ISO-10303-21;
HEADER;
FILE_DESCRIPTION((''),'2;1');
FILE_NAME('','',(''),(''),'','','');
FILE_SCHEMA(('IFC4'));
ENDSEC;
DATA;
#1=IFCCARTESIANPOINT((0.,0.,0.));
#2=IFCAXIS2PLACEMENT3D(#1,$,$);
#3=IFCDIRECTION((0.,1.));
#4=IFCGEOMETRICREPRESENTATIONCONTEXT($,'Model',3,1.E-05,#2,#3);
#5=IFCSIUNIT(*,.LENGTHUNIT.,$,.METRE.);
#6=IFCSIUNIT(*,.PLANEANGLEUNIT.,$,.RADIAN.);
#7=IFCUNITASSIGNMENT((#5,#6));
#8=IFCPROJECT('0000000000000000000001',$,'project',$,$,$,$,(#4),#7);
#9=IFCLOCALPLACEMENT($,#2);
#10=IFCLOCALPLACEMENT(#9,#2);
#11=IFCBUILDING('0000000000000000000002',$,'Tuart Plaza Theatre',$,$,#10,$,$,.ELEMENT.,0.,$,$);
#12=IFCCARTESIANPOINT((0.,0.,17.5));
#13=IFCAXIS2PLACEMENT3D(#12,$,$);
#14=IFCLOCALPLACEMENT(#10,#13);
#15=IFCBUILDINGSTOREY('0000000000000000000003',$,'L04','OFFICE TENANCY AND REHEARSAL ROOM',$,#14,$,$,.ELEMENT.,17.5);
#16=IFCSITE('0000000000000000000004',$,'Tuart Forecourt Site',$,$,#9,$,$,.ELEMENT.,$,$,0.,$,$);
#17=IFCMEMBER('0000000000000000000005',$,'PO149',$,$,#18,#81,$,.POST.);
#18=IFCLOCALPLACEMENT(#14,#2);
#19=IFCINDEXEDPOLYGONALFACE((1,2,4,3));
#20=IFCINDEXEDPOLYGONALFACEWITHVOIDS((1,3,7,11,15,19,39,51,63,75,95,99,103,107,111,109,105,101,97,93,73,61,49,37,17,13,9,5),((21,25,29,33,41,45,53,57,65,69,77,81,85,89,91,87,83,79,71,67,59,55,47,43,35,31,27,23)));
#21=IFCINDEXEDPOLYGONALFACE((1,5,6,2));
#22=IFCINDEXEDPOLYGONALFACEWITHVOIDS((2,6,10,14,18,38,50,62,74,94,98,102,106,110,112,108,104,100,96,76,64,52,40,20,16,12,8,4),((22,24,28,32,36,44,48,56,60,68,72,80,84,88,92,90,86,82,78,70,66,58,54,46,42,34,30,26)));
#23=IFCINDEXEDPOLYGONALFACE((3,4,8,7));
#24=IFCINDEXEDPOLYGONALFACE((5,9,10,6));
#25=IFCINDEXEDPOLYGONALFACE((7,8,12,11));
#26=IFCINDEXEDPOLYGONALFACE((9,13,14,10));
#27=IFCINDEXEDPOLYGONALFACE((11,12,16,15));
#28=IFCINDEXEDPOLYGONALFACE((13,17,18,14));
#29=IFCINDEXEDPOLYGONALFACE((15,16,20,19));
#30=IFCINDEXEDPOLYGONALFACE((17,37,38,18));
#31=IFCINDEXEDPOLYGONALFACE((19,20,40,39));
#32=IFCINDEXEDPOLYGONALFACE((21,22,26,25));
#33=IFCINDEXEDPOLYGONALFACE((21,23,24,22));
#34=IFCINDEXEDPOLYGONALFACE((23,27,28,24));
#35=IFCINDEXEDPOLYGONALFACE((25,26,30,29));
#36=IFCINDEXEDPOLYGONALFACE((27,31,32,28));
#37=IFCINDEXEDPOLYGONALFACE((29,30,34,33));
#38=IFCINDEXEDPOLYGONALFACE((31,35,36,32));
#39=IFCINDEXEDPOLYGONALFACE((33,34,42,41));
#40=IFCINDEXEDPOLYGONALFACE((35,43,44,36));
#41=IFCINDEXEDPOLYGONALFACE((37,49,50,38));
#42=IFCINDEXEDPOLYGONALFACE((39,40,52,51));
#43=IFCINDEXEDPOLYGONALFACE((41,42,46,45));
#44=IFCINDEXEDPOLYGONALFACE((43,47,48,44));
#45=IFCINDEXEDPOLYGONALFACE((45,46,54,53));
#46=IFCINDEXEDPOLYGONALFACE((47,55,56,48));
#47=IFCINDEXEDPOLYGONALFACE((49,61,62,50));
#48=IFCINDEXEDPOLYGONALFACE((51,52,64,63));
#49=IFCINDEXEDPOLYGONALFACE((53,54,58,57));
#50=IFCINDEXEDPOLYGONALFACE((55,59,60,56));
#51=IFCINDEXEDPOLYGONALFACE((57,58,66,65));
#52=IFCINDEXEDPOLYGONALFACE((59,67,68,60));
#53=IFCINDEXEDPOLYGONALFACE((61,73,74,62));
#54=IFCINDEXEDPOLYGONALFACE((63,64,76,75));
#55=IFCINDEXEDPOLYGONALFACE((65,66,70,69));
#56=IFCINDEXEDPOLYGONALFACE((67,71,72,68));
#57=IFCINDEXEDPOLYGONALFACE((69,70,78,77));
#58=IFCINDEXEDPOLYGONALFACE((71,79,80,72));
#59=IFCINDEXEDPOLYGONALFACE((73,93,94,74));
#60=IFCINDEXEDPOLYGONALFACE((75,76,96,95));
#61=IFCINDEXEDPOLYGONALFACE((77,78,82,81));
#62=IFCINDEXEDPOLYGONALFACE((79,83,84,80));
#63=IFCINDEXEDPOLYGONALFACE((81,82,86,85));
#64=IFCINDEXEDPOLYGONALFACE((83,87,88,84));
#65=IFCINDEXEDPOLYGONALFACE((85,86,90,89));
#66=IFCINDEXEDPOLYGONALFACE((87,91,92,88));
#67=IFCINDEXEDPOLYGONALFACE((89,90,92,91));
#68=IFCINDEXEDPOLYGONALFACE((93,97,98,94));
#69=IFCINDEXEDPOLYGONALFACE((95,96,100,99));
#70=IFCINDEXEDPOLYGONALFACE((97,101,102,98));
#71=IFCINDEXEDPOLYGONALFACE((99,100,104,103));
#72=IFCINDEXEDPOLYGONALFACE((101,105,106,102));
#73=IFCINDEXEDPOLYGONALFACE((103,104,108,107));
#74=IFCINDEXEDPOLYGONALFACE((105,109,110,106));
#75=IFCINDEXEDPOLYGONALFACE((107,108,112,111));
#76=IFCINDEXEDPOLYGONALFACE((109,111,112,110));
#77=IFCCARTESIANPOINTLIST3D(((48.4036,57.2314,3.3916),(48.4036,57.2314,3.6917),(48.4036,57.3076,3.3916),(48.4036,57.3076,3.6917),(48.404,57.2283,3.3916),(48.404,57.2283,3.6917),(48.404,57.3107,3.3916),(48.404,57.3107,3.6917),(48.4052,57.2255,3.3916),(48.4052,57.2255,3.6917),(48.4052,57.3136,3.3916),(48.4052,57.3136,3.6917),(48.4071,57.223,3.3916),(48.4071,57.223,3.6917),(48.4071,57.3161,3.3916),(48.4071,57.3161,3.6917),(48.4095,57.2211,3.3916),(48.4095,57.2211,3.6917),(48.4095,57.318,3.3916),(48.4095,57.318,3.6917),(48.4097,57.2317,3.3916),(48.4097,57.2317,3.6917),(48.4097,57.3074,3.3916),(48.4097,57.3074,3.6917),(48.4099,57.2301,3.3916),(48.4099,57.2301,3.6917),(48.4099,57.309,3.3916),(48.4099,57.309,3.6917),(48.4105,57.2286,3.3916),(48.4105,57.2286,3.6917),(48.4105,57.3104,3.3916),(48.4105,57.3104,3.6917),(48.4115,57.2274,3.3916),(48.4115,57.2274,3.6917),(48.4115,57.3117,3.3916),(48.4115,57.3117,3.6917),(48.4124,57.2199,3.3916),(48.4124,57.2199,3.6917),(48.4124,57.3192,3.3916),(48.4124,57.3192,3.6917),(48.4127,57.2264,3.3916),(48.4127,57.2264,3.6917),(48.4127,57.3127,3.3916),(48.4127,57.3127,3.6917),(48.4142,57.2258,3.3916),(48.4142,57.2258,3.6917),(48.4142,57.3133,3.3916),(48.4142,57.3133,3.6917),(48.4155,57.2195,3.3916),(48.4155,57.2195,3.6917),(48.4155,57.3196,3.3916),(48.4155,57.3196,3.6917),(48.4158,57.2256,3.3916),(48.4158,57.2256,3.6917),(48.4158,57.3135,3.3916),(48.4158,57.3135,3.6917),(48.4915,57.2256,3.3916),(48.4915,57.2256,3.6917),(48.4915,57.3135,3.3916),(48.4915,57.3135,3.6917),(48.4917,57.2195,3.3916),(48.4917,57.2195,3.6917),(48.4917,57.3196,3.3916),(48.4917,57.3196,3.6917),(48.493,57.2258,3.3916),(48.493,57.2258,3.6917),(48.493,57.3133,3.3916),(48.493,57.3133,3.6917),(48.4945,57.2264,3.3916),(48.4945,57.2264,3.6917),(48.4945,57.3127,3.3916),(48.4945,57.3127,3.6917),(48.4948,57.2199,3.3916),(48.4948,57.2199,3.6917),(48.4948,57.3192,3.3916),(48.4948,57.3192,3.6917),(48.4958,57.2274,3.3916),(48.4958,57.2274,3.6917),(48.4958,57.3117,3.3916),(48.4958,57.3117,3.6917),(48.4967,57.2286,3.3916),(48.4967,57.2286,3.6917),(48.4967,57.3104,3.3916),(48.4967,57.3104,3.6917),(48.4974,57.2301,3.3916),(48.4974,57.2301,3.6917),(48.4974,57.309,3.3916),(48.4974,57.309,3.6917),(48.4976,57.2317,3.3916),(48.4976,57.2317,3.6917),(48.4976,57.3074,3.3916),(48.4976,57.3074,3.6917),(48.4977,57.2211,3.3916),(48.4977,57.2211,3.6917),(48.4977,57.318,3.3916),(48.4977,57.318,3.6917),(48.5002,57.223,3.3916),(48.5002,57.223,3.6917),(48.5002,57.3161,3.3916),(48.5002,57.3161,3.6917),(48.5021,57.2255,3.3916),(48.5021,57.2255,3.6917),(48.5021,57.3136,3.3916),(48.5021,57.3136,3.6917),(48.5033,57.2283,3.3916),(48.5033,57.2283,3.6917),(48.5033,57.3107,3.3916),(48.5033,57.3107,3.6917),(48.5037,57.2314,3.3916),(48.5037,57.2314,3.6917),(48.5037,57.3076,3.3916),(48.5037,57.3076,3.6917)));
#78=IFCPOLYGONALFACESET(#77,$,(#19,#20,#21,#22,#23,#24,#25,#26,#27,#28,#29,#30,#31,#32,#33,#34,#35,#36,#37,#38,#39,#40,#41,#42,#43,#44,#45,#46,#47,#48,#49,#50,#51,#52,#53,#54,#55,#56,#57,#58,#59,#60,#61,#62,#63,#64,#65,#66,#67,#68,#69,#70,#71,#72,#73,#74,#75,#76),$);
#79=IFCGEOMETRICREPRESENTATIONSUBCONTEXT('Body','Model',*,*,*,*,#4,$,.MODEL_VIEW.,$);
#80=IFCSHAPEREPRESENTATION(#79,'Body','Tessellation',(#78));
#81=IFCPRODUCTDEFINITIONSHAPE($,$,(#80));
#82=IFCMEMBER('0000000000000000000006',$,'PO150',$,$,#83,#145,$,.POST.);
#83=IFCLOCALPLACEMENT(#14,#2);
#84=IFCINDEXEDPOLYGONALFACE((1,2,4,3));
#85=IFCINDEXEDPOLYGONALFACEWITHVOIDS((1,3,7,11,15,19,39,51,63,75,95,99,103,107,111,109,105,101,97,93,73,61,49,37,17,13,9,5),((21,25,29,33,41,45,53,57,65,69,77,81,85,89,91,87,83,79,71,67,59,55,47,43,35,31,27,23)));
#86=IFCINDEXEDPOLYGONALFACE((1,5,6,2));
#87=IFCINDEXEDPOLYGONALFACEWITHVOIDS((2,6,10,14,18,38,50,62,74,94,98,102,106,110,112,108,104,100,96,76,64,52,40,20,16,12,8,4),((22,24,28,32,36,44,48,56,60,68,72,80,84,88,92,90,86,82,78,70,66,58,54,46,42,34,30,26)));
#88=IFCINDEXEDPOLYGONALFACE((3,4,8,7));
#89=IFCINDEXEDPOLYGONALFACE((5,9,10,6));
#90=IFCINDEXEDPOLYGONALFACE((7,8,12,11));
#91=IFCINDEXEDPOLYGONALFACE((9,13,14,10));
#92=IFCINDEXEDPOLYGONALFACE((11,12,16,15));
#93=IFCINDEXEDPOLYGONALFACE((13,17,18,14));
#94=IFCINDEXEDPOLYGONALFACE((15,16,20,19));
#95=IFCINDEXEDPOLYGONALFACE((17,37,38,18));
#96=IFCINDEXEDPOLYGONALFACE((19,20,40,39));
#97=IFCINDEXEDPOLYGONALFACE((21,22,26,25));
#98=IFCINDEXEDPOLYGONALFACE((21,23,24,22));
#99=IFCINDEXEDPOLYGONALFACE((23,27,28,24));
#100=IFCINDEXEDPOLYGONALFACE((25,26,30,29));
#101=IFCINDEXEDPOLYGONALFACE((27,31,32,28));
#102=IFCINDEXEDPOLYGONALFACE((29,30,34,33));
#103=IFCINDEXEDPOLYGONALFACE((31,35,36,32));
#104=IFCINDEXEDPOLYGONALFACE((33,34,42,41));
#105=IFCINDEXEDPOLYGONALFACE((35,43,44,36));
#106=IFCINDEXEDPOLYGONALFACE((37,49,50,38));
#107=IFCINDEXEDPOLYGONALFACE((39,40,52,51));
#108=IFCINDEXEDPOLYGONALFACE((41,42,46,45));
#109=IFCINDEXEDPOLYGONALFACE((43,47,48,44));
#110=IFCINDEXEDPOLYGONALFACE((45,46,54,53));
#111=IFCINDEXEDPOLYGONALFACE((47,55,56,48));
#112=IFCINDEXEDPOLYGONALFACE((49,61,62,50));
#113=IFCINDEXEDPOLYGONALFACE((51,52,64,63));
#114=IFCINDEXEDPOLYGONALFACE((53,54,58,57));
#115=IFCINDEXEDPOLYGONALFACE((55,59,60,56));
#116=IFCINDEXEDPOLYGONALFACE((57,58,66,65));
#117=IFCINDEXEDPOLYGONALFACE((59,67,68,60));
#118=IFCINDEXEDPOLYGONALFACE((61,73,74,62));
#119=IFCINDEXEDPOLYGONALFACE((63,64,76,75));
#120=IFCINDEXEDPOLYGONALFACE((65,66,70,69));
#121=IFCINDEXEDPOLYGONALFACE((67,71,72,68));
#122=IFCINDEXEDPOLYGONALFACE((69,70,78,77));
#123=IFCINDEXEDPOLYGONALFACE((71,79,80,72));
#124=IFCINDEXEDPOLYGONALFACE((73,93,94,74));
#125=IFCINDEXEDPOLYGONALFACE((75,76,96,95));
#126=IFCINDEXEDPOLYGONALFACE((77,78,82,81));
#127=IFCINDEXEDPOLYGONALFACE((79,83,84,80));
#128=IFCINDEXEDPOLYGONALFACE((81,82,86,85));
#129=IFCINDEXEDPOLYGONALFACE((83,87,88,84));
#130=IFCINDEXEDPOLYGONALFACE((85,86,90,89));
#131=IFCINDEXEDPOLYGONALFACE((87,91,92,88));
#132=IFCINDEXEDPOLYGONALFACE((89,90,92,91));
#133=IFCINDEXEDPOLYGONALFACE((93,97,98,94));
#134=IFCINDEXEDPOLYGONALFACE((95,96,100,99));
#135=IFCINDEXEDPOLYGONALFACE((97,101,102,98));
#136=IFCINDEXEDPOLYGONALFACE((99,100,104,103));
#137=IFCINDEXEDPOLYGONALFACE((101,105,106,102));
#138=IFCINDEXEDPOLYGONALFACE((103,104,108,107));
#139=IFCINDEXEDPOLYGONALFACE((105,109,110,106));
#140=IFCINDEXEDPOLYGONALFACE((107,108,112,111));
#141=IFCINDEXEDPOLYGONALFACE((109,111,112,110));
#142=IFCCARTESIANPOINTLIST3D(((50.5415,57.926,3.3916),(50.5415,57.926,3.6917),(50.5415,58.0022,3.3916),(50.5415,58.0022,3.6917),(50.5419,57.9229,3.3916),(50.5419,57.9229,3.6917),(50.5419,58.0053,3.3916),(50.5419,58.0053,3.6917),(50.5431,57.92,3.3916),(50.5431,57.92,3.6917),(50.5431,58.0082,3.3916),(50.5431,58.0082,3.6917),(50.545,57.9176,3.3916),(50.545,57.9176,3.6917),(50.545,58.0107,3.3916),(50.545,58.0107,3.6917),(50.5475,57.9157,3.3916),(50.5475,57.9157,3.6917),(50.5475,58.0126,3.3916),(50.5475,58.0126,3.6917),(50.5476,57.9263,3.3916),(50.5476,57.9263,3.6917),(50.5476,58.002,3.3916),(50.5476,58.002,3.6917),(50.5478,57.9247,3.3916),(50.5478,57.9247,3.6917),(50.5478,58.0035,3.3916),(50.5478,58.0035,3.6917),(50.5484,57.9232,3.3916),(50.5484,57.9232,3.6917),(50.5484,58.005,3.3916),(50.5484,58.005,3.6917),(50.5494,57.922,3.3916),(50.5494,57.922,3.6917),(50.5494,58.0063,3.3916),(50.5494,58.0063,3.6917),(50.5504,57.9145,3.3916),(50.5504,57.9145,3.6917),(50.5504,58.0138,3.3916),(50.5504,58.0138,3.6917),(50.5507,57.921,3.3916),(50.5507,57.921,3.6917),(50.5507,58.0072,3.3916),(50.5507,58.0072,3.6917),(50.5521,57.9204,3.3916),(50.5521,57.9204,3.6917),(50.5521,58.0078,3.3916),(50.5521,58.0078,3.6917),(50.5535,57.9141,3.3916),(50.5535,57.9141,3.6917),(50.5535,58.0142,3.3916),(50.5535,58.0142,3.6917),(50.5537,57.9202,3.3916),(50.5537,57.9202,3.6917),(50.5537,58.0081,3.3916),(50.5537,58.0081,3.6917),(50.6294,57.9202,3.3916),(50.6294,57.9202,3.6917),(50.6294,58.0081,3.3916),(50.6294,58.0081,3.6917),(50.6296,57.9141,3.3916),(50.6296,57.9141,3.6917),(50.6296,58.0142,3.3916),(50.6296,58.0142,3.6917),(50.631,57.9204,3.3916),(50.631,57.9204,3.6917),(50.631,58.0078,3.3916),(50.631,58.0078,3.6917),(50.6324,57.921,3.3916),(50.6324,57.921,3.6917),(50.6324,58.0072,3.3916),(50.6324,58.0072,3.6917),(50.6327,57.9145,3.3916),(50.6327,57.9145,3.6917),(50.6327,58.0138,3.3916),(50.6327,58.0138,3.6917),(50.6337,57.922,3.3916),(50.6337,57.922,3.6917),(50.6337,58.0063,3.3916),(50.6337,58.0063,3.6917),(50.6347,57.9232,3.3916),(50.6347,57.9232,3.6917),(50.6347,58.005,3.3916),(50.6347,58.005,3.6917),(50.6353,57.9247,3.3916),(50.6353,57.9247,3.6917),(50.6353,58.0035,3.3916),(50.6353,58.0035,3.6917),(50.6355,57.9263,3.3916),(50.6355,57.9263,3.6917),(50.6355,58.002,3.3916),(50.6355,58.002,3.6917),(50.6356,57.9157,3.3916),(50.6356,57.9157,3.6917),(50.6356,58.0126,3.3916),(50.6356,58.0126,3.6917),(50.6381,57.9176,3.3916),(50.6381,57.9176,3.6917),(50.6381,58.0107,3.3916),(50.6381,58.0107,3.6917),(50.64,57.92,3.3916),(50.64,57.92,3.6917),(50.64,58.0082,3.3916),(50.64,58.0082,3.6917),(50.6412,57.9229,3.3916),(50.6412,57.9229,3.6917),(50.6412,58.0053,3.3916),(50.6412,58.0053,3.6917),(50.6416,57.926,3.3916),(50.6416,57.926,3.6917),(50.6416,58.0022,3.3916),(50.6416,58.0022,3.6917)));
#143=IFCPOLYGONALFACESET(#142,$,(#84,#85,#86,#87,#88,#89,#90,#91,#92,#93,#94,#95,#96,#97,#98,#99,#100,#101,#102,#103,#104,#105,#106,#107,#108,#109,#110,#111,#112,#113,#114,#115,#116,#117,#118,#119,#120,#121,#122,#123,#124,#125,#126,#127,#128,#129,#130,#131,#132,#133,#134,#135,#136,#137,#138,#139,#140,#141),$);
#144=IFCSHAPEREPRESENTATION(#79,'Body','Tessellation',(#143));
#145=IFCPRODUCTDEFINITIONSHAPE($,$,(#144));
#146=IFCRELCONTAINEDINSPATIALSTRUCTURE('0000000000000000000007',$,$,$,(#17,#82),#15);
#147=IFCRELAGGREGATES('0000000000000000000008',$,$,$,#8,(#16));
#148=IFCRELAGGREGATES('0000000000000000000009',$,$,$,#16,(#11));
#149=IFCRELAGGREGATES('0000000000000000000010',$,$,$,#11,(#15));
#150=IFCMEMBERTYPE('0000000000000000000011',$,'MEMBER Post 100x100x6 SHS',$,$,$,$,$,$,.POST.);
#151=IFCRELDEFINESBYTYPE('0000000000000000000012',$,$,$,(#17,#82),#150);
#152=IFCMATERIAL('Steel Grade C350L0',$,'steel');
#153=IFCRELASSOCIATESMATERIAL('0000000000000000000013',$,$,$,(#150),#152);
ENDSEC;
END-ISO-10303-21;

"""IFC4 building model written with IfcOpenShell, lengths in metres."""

from ifc_helpers import new_model, si_unit, direction, frame, origin, origin_2d, place, context, subcontext, project, spatial, hollow_rectangle, extrude, material, material_profile, profile_set, type_object, element, save


model = new_model("IFC4")

# Units and contexts
model_context = context("Model", 3, precision=1e-05, world=origin(), true_north=direction((0.0, 1.0)))
body_context = subcontext(model_context, "Body", "Model", "MODEL_VIEW")
ifc_project = project(units=[si_unit("LENGTHUNIT", "METRE"), si_unit("PLANEANGLEUNIT", "RADIAN")], contexts=[model_context])

# Site, building, storey
site_placement = place(None, origin())
site = spatial("IfcSite", under=ifc_project, at=site_placement, Name="Tuart Forecourt Site", CompositionType="ELEMENT", RefElevation=0.0)
building_placement = place(site_placement, origin())
building = spatial("IfcBuilding", under=site, at=building_placement, Name="Tuart Plaza Theatre", CompositionType="ELEMENT", ElevationOfRefHeight=0.0)
storey_placement = place(building_placement, frame((0.0, 0.0, 17.5)))
storey = spatial("IfcBuildingStorey", under=building, at=storey_placement, Name="L04", Description="OFFICE TENANCY AND REHEARSAL ROOM", CompositionType="ELEMENT", Elevation=17.5)

# Members
ifc_material_1 = material(Name="Steel Grade C350L0", Category="steel")
ifc_material_profile_1 = material_profile(ifc_material_1, hollow_rectangle(XDim=0.1001, YDim=0.1001, WallThickness=0.0061, InnerFilletRadius=0.0061, OuterFilletRadius=0.012, at=origin_2d()), Name="100x100x6 SHS")
ifc_profile_set_1 = profile_set([ifc_material_profile_1], Name="Steel Grade C350L0")
member_type_1 = type_object("IfcMemberType", Name="MEMBER Post 100x100x6 SHS", PredefinedType="POST", material=ifc_profile_set_1)
for number, where, z_axis, x_axis, name in (
    (1, (48.4536, 57.2695, 3.3916), (0.0, 0.0, 1.0), (1.0, 0.0, 0.0), "PO149"),
    (2, (50.5916, 57.9641, 3.3916), (0.0, 0.0, 1.0), (1.0, 0.0, 0.0), "PO150"),
):
    element("IfcMember", number, at=place(storey_placement, frame(where, z_axis=z_axis, x_axis=x_axis)), inside=storey, type_object=member_type_1, Name=name, PredefinedType="POST", context=body_context, shape_type="SweptSolid", body=[
        extrude(hollow_rectangle(XDim=0.1001, YDim=0.1001, WallThickness=0.0061, InnerFilletRadius=0.0061, OuterFilletRadius=0.012, at=origin_2d()), origin(), (0.0, 0.0, 1.0), 0.3),
    ])

save(model, "model.ifc")
